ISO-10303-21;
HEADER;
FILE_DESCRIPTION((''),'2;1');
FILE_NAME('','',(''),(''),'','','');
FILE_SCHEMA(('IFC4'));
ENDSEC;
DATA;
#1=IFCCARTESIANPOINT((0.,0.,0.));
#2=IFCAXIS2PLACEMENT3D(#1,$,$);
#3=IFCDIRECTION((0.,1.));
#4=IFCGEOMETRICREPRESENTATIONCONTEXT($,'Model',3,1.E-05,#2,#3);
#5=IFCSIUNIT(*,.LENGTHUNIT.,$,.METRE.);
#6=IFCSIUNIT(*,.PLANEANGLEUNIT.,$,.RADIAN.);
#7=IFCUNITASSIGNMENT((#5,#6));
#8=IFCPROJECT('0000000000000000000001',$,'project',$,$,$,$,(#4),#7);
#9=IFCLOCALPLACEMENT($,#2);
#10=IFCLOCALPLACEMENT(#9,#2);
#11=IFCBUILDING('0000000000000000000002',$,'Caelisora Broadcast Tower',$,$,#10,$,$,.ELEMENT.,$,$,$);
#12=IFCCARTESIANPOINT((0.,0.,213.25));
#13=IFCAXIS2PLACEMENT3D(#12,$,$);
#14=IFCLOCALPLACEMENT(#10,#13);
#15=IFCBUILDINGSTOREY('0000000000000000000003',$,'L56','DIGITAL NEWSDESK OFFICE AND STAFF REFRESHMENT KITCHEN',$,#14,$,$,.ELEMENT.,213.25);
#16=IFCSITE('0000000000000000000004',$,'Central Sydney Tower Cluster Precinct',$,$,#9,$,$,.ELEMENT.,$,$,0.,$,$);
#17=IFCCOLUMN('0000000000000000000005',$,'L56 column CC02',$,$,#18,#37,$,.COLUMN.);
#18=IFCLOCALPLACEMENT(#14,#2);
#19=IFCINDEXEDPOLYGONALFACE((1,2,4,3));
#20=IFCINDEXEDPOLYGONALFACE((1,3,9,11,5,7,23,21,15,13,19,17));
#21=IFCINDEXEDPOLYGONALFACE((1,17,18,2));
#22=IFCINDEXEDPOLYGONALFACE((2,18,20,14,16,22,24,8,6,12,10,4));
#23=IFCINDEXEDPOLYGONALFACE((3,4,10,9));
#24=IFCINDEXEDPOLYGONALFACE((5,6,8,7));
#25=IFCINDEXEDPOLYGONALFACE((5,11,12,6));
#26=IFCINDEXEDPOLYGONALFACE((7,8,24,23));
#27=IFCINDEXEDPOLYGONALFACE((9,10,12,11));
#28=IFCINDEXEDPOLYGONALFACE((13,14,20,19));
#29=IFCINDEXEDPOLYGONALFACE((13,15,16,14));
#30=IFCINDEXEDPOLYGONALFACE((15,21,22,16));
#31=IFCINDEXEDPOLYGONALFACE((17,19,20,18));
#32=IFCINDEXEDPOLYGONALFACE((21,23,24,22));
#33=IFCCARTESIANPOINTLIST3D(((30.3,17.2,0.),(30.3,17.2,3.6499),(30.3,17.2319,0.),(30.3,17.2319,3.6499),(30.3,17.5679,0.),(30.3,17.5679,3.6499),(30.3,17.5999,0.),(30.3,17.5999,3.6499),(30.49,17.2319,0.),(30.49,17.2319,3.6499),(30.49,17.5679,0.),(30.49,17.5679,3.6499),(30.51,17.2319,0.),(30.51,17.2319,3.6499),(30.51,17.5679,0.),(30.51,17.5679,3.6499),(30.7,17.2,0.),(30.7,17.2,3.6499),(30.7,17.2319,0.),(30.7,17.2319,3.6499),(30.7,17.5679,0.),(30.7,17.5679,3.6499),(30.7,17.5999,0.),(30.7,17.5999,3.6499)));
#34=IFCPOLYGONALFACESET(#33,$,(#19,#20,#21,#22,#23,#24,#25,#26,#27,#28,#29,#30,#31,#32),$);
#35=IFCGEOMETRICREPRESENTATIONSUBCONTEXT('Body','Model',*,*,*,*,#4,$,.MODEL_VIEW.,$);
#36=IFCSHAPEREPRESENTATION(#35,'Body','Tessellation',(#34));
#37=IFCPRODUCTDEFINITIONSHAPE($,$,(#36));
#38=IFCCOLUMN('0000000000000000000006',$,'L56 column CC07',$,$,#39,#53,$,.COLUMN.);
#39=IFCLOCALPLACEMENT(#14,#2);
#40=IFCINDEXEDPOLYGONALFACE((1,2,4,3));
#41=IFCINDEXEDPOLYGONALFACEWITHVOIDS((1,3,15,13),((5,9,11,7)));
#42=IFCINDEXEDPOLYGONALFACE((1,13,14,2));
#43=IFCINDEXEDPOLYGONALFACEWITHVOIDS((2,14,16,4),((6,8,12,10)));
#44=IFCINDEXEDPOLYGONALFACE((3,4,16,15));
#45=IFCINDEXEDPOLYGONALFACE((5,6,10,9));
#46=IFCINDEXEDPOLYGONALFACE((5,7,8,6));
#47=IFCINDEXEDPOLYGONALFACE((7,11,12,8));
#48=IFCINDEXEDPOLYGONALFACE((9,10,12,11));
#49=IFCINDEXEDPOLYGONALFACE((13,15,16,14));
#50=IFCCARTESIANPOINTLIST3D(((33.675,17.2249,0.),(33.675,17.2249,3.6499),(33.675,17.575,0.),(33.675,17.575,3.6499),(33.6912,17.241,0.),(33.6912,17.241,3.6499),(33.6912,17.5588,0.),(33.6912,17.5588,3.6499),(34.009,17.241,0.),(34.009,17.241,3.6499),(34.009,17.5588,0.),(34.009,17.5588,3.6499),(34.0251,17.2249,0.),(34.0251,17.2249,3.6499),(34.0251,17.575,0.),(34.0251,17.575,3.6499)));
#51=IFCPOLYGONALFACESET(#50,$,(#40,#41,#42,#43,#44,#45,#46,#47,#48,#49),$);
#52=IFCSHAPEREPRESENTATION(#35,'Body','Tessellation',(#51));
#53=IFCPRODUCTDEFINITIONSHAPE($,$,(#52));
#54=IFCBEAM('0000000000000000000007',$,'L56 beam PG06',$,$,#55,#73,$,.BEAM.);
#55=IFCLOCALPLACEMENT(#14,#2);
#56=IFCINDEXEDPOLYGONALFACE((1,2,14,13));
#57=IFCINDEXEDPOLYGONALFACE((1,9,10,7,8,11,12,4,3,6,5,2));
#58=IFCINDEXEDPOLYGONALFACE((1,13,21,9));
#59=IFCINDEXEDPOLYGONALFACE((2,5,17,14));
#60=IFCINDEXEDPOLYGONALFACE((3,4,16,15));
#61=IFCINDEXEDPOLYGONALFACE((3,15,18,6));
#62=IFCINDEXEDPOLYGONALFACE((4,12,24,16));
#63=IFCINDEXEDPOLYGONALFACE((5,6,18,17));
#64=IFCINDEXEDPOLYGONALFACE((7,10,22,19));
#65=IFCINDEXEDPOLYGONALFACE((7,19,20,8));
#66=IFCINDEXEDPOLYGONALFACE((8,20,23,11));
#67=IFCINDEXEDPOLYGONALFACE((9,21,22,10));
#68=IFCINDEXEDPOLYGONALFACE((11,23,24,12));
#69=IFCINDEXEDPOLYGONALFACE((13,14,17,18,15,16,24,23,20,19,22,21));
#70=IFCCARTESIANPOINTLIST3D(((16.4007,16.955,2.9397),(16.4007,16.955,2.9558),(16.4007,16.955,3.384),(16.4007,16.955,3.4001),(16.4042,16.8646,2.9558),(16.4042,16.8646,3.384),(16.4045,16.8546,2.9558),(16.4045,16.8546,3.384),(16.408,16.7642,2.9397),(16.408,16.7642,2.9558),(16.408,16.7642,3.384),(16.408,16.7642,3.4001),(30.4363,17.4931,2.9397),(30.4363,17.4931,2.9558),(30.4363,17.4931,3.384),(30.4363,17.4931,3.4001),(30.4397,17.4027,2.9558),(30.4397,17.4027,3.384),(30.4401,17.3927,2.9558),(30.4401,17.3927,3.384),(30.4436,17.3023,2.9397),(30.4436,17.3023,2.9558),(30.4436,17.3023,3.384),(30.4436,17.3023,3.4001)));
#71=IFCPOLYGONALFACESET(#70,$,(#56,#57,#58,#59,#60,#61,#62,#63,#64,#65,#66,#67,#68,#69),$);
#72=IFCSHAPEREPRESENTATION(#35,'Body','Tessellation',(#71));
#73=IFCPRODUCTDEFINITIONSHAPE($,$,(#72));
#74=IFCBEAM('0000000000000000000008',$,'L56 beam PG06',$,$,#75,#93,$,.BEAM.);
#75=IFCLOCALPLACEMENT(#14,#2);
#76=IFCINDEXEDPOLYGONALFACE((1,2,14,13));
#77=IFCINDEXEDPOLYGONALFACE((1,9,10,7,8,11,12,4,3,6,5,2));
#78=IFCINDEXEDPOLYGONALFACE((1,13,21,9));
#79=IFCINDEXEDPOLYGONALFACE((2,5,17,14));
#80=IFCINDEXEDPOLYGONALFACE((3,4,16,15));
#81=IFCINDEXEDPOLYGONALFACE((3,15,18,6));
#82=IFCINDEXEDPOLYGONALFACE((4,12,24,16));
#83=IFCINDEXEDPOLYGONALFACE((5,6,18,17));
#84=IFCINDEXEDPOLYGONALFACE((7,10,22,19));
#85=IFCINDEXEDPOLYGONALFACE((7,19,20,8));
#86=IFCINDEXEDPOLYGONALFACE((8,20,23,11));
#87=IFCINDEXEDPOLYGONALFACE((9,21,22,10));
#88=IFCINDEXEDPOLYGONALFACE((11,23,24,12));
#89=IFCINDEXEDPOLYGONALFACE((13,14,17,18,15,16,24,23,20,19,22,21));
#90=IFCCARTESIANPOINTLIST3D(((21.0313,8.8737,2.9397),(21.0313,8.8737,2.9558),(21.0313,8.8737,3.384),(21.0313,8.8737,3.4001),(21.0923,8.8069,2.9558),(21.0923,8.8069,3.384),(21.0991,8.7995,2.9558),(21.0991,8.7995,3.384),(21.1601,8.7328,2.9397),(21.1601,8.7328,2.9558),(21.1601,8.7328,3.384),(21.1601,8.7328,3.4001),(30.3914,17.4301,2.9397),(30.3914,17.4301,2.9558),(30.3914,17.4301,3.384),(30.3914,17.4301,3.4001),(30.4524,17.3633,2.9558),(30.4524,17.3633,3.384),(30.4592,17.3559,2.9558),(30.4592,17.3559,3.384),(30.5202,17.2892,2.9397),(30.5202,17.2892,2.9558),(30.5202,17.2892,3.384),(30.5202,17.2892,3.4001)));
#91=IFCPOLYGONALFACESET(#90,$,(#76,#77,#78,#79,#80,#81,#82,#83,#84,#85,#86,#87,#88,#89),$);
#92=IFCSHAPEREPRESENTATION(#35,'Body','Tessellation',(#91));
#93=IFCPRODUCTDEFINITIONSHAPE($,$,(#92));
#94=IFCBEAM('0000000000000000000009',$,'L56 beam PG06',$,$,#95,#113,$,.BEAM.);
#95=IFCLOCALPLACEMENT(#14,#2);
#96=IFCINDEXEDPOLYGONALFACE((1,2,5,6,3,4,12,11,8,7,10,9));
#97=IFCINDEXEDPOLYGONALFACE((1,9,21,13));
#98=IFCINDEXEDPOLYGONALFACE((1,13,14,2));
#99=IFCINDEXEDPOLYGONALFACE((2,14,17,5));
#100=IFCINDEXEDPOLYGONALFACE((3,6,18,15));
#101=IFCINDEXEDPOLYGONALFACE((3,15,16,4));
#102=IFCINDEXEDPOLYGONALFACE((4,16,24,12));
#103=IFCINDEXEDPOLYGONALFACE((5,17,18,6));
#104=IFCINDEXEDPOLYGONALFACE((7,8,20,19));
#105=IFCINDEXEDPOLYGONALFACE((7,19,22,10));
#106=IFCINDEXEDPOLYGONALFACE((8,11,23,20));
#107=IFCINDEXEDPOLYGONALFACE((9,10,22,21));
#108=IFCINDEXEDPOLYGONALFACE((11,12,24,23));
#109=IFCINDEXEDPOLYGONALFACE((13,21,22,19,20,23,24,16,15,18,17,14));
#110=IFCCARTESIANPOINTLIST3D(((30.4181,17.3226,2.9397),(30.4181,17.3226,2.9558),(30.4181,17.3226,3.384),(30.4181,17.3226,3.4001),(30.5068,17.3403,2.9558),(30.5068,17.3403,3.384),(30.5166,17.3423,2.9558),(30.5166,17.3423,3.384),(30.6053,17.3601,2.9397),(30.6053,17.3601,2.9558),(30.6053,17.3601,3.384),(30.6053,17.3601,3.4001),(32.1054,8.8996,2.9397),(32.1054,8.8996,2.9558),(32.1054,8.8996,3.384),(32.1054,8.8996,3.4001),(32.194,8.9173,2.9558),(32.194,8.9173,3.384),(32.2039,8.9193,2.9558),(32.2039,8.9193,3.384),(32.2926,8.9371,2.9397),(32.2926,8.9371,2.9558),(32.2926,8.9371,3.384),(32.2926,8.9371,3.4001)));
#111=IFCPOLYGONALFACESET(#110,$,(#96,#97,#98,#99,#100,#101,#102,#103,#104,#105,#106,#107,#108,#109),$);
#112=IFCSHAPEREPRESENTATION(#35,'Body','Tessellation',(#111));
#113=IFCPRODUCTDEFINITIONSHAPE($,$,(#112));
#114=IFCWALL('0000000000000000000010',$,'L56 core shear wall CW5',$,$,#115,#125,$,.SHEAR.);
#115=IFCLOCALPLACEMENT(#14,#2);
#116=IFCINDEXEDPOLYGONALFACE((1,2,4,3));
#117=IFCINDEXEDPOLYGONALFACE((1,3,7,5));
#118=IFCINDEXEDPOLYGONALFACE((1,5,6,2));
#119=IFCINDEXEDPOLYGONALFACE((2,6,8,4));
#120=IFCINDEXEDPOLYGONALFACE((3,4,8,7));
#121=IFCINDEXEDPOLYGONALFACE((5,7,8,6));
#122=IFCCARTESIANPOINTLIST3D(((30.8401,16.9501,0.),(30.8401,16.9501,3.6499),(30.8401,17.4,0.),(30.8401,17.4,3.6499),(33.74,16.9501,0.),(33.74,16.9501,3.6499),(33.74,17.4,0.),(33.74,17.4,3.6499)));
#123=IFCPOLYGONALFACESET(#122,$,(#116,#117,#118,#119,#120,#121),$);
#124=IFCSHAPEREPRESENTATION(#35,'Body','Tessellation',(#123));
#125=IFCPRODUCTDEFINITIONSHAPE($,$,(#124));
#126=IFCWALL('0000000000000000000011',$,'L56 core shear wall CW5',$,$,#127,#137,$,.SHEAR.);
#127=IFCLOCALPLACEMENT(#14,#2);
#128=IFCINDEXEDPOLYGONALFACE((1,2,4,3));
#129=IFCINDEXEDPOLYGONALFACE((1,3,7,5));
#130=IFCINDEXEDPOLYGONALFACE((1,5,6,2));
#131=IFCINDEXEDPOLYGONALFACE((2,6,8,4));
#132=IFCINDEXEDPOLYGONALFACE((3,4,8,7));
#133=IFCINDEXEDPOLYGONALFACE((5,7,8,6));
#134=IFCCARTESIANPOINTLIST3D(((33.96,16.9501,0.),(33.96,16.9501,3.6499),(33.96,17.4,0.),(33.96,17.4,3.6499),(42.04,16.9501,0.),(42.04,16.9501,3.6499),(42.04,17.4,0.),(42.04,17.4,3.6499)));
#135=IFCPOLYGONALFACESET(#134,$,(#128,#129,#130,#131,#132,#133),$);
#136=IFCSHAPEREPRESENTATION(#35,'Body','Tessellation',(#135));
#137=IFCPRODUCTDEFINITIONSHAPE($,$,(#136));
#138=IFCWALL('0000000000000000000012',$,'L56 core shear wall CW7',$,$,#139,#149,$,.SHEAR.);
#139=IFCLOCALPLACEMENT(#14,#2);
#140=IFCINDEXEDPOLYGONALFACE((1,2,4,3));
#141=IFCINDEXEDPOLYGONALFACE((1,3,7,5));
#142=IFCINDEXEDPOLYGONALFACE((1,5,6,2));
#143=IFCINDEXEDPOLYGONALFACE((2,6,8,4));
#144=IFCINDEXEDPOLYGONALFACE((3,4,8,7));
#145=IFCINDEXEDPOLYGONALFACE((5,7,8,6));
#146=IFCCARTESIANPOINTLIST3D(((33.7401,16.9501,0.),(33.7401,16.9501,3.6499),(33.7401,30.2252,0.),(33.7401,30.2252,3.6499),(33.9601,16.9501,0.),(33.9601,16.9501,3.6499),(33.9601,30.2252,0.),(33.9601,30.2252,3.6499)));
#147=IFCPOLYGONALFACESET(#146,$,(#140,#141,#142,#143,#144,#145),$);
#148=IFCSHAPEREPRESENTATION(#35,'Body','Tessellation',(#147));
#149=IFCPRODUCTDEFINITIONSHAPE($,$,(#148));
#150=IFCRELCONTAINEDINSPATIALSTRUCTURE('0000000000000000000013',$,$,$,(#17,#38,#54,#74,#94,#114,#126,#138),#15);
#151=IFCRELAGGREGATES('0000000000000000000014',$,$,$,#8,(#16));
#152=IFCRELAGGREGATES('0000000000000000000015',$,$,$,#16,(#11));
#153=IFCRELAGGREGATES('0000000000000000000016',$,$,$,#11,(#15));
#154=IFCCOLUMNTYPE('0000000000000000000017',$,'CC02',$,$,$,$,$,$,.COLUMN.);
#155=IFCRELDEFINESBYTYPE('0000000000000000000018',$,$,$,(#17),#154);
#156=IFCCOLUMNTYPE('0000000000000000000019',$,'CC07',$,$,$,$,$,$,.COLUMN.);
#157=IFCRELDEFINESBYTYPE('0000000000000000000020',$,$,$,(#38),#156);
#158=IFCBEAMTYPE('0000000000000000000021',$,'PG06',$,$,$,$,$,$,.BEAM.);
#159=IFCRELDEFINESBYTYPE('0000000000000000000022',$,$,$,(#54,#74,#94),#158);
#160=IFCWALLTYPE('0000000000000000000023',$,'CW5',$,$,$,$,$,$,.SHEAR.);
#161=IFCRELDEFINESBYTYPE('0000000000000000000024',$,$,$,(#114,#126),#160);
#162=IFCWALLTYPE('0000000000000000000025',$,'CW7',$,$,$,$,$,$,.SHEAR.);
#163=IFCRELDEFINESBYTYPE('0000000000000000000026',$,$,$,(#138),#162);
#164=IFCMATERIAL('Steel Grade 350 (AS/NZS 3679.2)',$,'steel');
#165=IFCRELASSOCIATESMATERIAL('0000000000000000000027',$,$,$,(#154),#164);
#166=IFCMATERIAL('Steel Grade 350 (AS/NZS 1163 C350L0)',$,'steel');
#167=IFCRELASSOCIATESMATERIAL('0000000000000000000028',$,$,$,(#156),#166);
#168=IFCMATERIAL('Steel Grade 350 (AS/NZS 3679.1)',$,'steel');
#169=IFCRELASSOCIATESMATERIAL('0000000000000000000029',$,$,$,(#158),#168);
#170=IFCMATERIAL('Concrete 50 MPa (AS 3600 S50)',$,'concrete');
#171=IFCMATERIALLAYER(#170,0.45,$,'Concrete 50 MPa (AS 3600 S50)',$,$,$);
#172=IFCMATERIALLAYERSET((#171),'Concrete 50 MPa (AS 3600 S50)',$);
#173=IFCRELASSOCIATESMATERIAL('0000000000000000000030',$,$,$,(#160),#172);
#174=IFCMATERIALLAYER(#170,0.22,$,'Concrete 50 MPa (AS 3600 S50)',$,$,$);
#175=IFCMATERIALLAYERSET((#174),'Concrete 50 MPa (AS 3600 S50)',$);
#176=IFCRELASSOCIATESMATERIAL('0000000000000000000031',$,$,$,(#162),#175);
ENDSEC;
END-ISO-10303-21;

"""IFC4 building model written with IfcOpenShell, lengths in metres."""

from ifc_helpers import new_model, si_unit, direction, frame, frame_2d, origin, origin_2d, place, context, subcontext, project, spatial, rectangle, hollow_rectangle, i_section, extrude, source, transform, mapped, material, layer, layer_set, material_profile, profile_set, type_object, type_shapes, element, save


model = new_model("IFC4")

# Units and contexts
model_context = context("Model", 3, precision=1e-05, world=origin(), true_north=direction((0.0, 1.0)))
body_context = subcontext(model_context, "Body", "Model", "MODEL_VIEW")
ifc_project = project(units=[si_unit("LENGTHUNIT", "METRE"), si_unit("PLANEANGLEUNIT", "RADIAN")], contexts=[model_context])

# Site, building, storey
site_placement = place(None, origin())
site = spatial("IfcSite", under=ifc_project, at=site_placement, Name="Central Sydney Tower Cluster Precinct", CompositionType="ELEMENT", RefElevation=0.0)
building_placement = place(site_placement, origin())
building = spatial("IfcBuilding", under=site, at=building_placement, Name="Caelisora Broadcast Tower", CompositionType="ELEMENT")
storey_placement = place(building_placement, frame((0.0, 0.0, 213.25)))
storey = spatial("IfcBuildingStorey", under=building, at=storey_placement, Name="L56", Description="DIGITAL NEWSDESK OFFICE AND STAFF REFRESHMENT KITCHEN", CompositionType="ELEMENT", Elevation=213.25)

# Columns
ifc_material_1 = material(Name="Steel Grade 350 (AS/NZS 3679.2)", Category="steel")
ifc_material_profile_1 = material_profile(ifc_material_1, i_section(OverallWidth=0.3999, OverallDepth=0.3999, WebThickness=0.02, FlangeThickness=0.032, at=origin_2d()), Name="Steel Grade 350 (AS/NZS 3679.2)")
ifc_profile_set_1 = profile_set([ifc_material_profile_1], Name="Steel Grade 350 (AS/NZS 3679.2)")
column_type_1 = type_object("IfcColumnType", Name="CC02", PredefinedType="COLUMN", material=ifc_profile_set_1)
shared_shape_1 = source(origin(), body_context, "Body", "SweptSolid", [
    extrude(i_section(OverallWidth=0.3999, OverallDepth=0.3999, WebThickness=0.02, FlangeThickness=0.032, at=origin_2d()), origin(), (0.0, 0.0, 1.0), 3.6499),
])
type_shapes(column_type_1, [shared_shape_1])
column_1_placement = place(storey_placement, frame((30.5, 17.3999, 0.0), z_axis=(0.0, 0.0, 1.0), x_axis=(1.0, 0.0, 0.0)))
element("IfcColumn", 1, at=column_1_placement, inside=storey, type_object=column_type_1, Name="L56 column CC02", PredefinedType="COLUMN", context=body_context, shape_type="MappedRepresentation", body=[
    mapped(shared_shape_1, transform((0.0, 0.0, 0.0), scale=1.0)),
])
ifc_material_2 = material(Name="Steel Grade 350 (AS/NZS 1163 C350L0)", Category="steel")
ifc_material_profile_2 = material_profile(ifc_material_2, hollow_rectangle(XDim=0.3501, YDim=0.3501, WallThickness=0.0161, at=origin_2d()), Name="Steel Grade 350 (AS/NZS 1163 C350L0)")
ifc_profile_set_2 = profile_set([ifc_material_profile_2], Name="Steel Grade 350 (AS/NZS 1163 C350L0)")
column_type_2 = type_object("IfcColumnType", Name="CC07", PredefinedType="COLUMN", material=ifc_profile_set_2)
shared_shape_2 = source(origin(), body_context, "Body", "SweptSolid", [
    extrude(hollow_rectangle(XDim=0.3501, YDim=0.3501, WallThickness=0.0161, at=origin_2d()), origin(), (0.0, 0.0, 1.0), 3.6499),
])
type_shapes(column_type_2, [shared_shape_2])
column_2_placement = place(storey_placement, frame((33.8501, 17.3999, 0.0), z_axis=(0.0, 0.0, 1.0), x_axis=(1.0, 0.0, 0.0)))
element("IfcColumn", 2, at=column_2_placement, inside=storey, type_object=column_type_2, Name="L56 column CC07", PredefinedType="COLUMN", context=body_context, shape_type="MappedRepresentation", body=[
    mapped(shared_shape_2, transform((0.0, 0.0, 0.0), scale=1.0)),
])

# Beams
ifc_material_3 = material(Name="Steel Grade 350 (AS/NZS 3679.1)", Category="steel")
ifc_material_profile_3 = material_profile(ifc_material_3, i_section(OverallWidth=0.1909, OverallDepth=0.4604, WebThickness=0.01, FlangeThickness=0.0161, at=origin_2d()), Name="Steel Grade 350 (AS/NZS 3679.1)")
ifc_profile_set_3 = profile_set([ifc_material_profile_3], Name="Steel Grade 350 (AS/NZS 3679.1)")
beam_type = type_object("IfcBeamType", Name="PG06", PredefinedType="BEAM", material=ifc_profile_set_3)
shared_shape_3 = source(origin(), body_context, "Body", "SweptSolid", [
    extrude(i_section(OverallWidth=0.1909, OverallDepth=0.4604, WebThickness=0.01, FlangeThickness=0.0161, at=origin_2d()), origin(), (0.0, 0.0, 1.0), 14.0459),
])
beam_1_placement = place(storey_placement, frame((30.4399, 17.3977, 3.1699), z_axis=(-0.999266, -0.038309, 0.0), x_axis=(0.038309, -0.999266, 0.0)))
element("IfcBeam", 3, at=beam_1_placement, inside=storey, type_object=beam_type, Name="L56 beam PG06", PredefinedType="BEAM", context=body_context, shape_type="MappedRepresentation", body=[
    mapped(shared_shape_3, transform((0.0, 0.0, 0.0), scale=1.0)),
])
shared_shape_4 = source(origin(), body_context, "Body", "SweptSolid", [
    extrude(i_section(OverallWidth=0.1909, OverallDepth=0.4604, WebThickness=0.01, FlangeThickness=0.0161, at=origin_2d()), origin(), (0.0, 0.0, 1.0), 12.6816),
])
beam_2_placement = place(storey_placement, frame((30.4558, 17.3596, 3.1699), z_axis=(-0.738084, -0.674708, 0.0), x_axis=(0.674708, -0.738084, 0.0)))
element("IfcBeam", 4, at=beam_2_placement, inside=storey, type_object=beam_type, Name="L56 beam PG06", PredefinedType="BEAM", context=body_context, shape_type="MappedRepresentation", body=[
    mapped(shared_shape_4, transform((0.0, 0.0, 0.0), scale=1.0)),
])
shared_shape_5 = source(origin(), body_context, "Body", "SweptSolid", [
    extrude(i_section(OverallWidth=0.1909, OverallDepth=0.4604, WebThickness=0.01, FlangeThickness=0.0161, at=origin_2d()), origin(), (0.0, 0.0, 1.0), 8.5903),
])
type_shapes(beam_type, [shared_shape_3, shared_shape_4, shared_shape_5])
beam_3_placement = place(storey_placement, frame((30.5117, 17.3413, 3.1699), z_axis=(0.196411, -0.980522, 0.0), x_axis=(0.980522, 0.196411, 0.0)))
element("IfcBeam", 5, at=beam_3_placement, inside=storey, type_object=beam_type, Name="L56 beam PG06", PredefinedType="BEAM", context=body_context, shape_type="MappedRepresentation", body=[
    mapped(shared_shape_5, transform((0.0, 0.0, 0.0), scale=1.0)),
])

# Shared definitions
ifc_material_4 = material(Name="Concrete 50 MPa (AS 3600 S50)", Category="concrete")

# Walls
ifc_layer_1 = layer(ifc_material_4, 0.45, Name="Concrete 50 MPa (AS 3600 S50)")
ifc_layer_set_1 = layer_set([ifc_layer_1], Name="Concrete 50 MPa (AS 3600 S50)")
wall_type_1 = type_object("IfcWallType", Name="CW5", PredefinedType="SHEAR", material=ifc_layer_set_1)
wall_1_placement = place(storey_placement, frame((30.8401, 17.175, 0.0), z_axis=(0.0, 0.0, 1.0), x_axis=(1.0, 0.0, 0.0)))
element("IfcWall", 6, at=wall_1_placement, inside=storey, type_object=wall_type_1, Name="L56 core shear wall CW5", PredefinedType="SHEAR", context=body_context, shape_type="SweptSolid", body=[
    extrude(rectangle(XDim=2.8999, YDim=0.45, at=frame_2d((1.45, 0.0))), origin(), (0.0, 0.0, 1.0), 3.6499),
])
wall_2_placement = place(storey_placement, frame((33.96, 17.175, 0.0), z_axis=(0.0, 0.0, 1.0), x_axis=(1.0, 0.0, 0.0)))
element("IfcWall", 7, at=wall_2_placement, inside=storey, type_object=wall_type_1, Name="L56 core shear wall CW5", PredefinedType="SHEAR", context=body_context, shape_type="SweptSolid", body=[
    extrude(rectangle(XDim=8.0801, YDim=0.45, at=frame_2d((4.04, 0.0))), origin(), (0.0, 0.0, 1.0), 3.6499),
])
ifc_layer_2 = layer(ifc_material_4, 0.22, Name="Concrete 50 MPa (AS 3600 S50)")
ifc_layer_set_2 = layer_set([ifc_layer_2], Name="Concrete 50 MPa (AS 3600 S50)")
wall_type_2 = type_object("IfcWallType", Name="CW7", PredefinedType="SHEAR", material=ifc_layer_set_2)
wall_3_placement = place(storey_placement, frame((33.8501, 16.95, 0.0), z_axis=(0.0, 0.0, 1.0), x_axis=(0.0, 1.0, 0.0)))
element("IfcWall", 8, at=wall_3_placement, inside=storey, type_object=wall_type_2, Name="L56 core shear wall CW7", PredefinedType="SHEAR", context=body_context, shape_type="SweptSolid", body=[
    extrude(rectangle(XDim=13.2751, YDim=0.22, at=frame_2d((6.6377, 0.0))), origin(), (0.0, 0.0, 1.0), 3.6499),
])

save(model, "model.ifc")
